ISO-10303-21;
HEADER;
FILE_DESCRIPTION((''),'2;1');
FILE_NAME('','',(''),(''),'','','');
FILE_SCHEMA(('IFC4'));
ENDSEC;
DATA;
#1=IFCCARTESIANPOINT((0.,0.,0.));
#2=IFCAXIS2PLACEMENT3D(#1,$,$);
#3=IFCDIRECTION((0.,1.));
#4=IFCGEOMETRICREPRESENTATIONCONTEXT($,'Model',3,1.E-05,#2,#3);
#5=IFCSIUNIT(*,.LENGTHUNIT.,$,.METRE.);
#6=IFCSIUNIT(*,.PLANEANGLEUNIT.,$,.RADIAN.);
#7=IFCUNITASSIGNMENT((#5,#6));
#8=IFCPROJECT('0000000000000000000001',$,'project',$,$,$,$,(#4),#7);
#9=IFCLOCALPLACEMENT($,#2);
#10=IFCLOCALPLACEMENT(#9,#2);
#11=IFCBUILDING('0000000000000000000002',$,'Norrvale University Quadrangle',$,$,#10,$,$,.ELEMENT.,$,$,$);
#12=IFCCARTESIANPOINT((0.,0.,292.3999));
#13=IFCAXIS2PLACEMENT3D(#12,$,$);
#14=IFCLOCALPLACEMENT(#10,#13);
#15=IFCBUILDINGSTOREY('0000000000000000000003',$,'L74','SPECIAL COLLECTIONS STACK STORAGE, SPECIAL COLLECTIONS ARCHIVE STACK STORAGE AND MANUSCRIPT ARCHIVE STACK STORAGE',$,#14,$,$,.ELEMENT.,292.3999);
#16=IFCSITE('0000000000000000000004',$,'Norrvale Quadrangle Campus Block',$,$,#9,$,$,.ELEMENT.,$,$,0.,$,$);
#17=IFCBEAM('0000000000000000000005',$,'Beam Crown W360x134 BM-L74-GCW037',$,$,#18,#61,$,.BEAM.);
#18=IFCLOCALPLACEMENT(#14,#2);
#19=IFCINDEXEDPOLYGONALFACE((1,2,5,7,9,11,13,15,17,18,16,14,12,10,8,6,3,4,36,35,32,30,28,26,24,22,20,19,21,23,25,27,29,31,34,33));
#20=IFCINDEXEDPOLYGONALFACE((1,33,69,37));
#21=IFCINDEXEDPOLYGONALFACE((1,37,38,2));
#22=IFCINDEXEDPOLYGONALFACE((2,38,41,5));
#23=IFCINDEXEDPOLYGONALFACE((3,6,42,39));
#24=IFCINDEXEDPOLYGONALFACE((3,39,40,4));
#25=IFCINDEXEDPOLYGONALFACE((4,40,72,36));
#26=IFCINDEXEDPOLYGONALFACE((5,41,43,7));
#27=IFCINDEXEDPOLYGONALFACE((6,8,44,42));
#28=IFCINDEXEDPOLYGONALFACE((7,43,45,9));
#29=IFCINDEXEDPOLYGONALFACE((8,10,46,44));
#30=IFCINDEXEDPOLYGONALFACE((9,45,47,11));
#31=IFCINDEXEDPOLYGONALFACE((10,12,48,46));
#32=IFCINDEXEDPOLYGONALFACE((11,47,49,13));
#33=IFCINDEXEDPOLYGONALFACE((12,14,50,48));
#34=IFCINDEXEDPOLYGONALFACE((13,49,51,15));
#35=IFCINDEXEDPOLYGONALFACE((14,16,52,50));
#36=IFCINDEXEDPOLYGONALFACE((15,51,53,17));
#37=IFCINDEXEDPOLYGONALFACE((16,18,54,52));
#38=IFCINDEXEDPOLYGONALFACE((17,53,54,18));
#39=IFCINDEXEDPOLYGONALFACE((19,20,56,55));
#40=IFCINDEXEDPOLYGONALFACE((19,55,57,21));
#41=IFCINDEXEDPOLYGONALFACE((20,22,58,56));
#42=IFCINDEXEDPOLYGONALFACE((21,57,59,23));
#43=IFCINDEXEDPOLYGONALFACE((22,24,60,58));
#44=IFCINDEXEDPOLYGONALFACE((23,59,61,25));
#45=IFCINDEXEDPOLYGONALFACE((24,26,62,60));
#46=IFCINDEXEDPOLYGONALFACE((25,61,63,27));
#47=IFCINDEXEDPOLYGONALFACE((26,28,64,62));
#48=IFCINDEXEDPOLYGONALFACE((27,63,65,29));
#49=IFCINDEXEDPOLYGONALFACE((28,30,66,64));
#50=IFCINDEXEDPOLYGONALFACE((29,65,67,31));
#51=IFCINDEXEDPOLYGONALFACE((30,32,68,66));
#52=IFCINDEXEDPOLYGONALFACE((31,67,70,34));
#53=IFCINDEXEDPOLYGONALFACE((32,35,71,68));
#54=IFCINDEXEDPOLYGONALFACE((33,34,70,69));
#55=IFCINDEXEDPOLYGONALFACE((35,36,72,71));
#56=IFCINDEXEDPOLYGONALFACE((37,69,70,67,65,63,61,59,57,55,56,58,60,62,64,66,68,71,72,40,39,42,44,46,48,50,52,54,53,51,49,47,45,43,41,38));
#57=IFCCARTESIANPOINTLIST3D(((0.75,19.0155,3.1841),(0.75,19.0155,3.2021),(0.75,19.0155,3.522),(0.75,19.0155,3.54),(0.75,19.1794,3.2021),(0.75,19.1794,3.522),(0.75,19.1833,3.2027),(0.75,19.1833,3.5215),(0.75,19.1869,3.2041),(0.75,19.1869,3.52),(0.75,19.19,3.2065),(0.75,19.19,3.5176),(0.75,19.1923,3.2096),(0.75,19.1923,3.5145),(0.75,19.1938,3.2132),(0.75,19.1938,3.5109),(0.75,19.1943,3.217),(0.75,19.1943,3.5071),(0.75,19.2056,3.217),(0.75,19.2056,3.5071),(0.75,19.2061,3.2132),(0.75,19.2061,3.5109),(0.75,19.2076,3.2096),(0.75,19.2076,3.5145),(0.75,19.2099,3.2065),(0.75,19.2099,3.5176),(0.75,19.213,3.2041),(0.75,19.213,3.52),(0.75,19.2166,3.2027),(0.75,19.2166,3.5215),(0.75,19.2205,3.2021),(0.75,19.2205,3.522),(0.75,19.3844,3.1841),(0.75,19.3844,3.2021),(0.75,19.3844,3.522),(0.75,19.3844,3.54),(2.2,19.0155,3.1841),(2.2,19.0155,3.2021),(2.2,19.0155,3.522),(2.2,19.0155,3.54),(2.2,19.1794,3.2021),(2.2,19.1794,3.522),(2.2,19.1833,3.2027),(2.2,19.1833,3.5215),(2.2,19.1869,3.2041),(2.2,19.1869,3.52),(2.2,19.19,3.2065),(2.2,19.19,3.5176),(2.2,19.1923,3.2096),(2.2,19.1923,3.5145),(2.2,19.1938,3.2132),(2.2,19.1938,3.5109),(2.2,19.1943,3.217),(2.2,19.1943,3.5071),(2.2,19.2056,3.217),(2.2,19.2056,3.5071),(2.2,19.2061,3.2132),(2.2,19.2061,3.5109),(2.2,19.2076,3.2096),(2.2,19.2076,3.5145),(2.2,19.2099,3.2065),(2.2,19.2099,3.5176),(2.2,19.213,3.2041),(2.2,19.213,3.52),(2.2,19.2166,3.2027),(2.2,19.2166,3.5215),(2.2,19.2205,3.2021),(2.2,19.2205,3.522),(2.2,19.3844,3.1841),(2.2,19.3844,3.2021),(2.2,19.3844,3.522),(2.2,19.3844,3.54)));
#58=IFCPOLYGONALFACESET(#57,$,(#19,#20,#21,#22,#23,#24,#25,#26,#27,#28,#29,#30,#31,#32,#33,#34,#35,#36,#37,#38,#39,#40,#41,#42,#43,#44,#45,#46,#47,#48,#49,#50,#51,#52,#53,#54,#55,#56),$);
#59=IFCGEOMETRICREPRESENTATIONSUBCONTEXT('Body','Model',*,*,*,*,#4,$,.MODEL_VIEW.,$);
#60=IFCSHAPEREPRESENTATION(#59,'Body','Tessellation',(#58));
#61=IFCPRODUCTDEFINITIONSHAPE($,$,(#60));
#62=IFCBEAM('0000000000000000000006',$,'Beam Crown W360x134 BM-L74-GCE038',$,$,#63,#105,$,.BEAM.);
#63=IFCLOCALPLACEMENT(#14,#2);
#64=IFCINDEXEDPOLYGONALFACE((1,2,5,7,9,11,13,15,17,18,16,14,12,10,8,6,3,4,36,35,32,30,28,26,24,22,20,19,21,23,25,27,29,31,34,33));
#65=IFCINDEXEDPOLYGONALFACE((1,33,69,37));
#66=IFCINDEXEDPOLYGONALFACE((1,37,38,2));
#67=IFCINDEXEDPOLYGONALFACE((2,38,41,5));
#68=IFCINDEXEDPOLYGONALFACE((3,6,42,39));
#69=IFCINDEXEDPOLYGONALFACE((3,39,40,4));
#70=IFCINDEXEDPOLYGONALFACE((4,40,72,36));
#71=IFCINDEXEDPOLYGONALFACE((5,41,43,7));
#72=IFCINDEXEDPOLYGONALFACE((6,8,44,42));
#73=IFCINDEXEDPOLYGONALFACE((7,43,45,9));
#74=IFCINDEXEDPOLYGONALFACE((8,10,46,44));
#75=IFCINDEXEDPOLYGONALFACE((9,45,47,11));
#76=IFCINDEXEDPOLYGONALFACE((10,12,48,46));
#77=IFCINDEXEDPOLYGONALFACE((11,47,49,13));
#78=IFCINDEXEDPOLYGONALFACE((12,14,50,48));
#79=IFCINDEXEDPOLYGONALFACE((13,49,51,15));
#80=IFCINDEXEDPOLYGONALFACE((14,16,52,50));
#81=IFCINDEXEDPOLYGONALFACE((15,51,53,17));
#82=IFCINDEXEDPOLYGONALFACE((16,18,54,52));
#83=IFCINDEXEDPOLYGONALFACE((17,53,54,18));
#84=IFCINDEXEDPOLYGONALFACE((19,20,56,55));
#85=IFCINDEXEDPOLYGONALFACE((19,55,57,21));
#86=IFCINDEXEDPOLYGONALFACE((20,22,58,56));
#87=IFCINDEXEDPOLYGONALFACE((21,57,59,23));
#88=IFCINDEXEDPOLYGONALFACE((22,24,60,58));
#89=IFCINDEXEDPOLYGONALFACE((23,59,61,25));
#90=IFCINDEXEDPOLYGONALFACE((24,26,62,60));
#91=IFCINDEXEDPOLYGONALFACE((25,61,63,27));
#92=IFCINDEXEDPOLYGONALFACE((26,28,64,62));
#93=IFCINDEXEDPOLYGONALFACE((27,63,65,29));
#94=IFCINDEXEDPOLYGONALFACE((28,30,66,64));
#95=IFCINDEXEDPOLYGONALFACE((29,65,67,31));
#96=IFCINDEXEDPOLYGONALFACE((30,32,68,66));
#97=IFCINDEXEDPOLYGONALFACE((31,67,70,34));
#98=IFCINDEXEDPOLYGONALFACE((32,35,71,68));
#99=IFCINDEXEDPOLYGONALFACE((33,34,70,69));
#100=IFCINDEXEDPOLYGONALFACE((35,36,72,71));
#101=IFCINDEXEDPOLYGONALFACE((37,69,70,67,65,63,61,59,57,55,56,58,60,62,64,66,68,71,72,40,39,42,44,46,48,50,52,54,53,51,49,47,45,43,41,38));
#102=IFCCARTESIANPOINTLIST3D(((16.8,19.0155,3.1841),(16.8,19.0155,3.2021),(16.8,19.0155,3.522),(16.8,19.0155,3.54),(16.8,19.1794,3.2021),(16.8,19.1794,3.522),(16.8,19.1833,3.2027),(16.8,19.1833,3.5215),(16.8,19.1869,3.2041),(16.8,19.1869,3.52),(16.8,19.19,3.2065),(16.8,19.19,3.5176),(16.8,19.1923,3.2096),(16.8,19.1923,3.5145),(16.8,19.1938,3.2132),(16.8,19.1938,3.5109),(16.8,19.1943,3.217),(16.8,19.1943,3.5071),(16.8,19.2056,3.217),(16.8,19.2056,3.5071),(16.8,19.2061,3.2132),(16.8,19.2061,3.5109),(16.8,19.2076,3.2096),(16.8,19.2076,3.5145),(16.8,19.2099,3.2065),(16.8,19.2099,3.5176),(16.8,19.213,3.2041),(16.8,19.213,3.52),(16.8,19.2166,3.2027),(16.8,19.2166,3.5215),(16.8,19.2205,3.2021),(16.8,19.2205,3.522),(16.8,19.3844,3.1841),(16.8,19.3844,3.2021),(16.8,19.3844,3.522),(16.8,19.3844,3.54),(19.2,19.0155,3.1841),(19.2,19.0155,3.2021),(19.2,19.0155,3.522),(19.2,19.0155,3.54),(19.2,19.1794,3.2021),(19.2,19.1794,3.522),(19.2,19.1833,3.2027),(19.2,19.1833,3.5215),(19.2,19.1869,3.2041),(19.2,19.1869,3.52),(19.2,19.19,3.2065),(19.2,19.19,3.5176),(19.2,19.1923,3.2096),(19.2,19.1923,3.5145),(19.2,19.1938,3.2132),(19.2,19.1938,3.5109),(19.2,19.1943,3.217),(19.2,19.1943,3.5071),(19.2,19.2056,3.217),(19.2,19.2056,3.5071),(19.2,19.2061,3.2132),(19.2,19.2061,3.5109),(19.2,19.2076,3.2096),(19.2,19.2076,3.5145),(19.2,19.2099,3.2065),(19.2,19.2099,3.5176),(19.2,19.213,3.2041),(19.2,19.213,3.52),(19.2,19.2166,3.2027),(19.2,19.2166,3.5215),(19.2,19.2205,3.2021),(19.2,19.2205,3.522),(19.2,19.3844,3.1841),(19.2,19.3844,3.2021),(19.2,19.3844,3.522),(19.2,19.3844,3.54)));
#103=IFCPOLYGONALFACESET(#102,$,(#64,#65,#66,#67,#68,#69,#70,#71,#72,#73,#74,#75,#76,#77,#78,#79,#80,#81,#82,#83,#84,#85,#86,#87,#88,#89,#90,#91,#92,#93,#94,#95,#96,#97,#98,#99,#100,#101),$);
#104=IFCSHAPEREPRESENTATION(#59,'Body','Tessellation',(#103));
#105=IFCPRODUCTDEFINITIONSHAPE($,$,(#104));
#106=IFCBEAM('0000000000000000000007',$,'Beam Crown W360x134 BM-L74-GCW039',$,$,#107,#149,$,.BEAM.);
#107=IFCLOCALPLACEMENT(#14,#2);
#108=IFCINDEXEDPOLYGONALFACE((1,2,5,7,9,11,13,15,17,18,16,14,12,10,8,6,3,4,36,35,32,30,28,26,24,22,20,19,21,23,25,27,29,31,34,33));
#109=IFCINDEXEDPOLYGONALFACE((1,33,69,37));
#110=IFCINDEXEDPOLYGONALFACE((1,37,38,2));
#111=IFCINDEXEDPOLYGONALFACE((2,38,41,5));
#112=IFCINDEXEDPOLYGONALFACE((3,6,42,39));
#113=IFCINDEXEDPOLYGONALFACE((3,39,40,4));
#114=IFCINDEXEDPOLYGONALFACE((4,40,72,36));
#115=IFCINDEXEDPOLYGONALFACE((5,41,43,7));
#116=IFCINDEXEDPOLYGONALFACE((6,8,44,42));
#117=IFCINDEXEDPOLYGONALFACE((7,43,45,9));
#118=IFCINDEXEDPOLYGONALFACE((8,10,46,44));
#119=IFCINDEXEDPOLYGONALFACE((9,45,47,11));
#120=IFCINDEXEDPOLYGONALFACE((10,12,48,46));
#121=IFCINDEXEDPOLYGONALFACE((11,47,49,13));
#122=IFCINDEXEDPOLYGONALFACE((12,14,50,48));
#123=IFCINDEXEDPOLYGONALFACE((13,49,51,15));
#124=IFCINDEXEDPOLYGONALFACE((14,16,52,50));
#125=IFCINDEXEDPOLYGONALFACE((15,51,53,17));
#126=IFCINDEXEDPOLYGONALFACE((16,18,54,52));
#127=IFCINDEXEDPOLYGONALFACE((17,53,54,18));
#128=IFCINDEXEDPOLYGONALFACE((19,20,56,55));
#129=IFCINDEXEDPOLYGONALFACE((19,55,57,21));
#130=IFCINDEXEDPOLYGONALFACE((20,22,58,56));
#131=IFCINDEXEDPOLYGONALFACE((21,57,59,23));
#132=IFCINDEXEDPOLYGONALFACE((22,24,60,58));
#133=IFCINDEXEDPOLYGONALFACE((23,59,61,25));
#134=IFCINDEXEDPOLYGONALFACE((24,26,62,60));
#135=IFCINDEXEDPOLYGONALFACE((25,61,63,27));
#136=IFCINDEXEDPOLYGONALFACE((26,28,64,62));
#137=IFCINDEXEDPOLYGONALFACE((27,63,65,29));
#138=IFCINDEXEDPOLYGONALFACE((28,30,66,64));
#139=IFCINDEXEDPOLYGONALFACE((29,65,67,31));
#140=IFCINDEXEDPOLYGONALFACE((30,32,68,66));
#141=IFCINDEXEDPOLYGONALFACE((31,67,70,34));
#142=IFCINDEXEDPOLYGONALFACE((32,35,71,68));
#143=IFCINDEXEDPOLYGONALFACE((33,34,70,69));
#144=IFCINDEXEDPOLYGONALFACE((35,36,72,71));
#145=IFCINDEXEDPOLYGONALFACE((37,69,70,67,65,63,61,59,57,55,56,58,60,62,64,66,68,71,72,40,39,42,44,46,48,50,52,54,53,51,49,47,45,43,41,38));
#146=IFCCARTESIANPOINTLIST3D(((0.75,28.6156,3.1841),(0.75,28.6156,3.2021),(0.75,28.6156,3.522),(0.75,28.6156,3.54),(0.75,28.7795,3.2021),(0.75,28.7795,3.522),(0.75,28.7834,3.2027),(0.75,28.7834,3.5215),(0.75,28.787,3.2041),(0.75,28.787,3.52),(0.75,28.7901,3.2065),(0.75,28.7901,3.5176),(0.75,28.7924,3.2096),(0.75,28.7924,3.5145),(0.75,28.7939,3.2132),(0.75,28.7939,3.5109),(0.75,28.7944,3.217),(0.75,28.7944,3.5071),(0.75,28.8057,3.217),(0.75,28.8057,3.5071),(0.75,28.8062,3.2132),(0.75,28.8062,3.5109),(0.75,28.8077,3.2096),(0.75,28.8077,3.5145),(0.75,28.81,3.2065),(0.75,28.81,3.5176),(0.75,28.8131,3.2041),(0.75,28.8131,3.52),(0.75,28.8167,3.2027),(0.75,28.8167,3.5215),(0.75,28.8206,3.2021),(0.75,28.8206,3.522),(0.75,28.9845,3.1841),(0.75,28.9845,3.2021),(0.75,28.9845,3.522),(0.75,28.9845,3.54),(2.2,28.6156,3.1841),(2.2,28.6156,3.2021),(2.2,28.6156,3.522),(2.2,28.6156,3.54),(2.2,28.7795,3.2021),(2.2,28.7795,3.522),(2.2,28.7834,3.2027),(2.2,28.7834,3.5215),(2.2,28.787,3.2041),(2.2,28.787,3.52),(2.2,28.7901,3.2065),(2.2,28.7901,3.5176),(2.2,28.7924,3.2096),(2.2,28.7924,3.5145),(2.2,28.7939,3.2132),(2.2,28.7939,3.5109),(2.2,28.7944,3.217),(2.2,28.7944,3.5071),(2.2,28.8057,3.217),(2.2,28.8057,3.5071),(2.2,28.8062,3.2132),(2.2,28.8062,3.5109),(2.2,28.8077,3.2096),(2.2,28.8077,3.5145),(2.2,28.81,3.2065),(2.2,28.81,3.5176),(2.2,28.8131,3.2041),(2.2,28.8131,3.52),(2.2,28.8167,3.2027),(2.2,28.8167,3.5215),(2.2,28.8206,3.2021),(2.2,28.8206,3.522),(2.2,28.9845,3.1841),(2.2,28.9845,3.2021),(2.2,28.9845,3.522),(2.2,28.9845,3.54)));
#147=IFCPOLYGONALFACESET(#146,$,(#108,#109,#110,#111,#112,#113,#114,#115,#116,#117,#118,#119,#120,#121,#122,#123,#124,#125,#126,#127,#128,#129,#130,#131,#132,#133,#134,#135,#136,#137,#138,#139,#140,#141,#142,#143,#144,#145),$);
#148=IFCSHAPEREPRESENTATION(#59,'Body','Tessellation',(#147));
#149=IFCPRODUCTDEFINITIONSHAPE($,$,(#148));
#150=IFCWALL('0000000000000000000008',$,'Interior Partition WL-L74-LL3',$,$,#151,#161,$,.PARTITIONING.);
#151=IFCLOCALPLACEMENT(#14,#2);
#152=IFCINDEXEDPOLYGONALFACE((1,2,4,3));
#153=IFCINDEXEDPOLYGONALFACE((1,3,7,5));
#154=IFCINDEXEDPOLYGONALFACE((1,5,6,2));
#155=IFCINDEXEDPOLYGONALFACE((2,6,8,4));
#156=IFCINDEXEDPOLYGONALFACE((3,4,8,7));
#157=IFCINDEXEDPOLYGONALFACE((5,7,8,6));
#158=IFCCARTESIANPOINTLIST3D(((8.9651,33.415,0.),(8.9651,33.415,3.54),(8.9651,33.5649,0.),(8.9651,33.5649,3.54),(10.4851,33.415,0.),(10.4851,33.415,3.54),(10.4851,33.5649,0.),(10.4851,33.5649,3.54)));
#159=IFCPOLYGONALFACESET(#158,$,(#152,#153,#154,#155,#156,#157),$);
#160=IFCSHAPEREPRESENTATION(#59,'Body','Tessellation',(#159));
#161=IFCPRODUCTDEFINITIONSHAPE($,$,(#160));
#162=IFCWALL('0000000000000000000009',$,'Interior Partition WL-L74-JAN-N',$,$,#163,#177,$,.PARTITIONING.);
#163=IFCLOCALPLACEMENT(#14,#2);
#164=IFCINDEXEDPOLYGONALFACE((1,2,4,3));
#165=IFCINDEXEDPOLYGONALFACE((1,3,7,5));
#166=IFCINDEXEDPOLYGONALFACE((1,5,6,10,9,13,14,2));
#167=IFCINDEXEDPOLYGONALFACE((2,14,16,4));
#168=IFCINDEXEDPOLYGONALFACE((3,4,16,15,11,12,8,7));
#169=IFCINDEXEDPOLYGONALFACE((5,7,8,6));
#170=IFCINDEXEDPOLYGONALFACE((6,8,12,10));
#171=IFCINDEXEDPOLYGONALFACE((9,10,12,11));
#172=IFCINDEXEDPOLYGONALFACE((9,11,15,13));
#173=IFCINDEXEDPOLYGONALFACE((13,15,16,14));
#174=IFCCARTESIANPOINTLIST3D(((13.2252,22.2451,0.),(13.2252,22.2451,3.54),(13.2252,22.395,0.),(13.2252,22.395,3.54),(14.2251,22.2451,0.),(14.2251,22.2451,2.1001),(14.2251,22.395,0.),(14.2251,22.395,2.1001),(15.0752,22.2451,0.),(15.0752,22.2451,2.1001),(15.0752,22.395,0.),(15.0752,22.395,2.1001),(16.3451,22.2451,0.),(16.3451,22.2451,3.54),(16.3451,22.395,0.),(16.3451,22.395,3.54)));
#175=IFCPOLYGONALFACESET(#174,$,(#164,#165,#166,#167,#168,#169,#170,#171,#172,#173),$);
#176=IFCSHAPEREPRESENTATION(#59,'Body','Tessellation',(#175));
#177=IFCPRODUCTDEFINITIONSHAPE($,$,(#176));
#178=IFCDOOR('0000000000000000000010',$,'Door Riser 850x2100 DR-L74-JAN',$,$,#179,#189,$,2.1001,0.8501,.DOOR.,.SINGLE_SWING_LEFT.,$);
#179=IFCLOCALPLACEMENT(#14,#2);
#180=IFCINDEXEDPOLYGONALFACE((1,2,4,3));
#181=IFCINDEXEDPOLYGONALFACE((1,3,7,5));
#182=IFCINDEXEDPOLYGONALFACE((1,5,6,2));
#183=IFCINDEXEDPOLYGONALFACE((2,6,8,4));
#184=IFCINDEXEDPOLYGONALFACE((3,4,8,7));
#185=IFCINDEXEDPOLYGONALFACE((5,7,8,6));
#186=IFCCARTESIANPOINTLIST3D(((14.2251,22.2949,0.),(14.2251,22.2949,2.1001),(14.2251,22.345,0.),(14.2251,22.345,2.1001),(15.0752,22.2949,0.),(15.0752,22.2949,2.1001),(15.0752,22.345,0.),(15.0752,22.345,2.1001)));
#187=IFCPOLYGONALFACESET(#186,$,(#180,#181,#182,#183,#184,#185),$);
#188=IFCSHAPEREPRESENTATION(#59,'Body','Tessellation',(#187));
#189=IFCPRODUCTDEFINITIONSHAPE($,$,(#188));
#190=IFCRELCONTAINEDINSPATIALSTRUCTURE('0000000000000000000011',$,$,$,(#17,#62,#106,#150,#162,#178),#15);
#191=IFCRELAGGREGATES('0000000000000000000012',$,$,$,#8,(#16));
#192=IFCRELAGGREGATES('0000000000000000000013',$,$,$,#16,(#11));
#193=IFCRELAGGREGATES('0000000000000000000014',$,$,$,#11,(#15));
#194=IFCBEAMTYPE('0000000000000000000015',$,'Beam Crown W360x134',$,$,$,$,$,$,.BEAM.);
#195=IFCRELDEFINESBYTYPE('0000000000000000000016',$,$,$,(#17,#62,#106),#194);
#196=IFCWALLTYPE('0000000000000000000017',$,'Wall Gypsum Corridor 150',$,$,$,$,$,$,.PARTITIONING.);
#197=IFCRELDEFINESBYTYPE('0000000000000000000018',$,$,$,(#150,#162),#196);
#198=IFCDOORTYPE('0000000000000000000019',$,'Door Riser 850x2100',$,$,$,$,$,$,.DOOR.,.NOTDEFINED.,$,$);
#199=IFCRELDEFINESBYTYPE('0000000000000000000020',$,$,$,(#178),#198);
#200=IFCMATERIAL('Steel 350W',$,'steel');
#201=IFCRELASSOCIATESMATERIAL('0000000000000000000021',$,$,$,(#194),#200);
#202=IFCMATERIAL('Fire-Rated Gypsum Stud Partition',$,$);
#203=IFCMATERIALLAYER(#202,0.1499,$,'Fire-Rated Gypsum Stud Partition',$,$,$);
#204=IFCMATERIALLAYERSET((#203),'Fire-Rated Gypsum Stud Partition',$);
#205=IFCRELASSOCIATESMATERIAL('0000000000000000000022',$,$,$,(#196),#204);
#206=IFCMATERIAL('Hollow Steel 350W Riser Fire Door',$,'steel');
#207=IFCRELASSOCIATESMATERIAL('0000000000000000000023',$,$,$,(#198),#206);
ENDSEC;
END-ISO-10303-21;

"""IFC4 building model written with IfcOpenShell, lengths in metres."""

from ifc_helpers import new_model, si_unit, direction, frame, frame_2d, origin, origin_2d, place, context, subcontext, project, spatial, rectangle, i_section, extrude, material, layer, layer_set, material_profile, profile_set, type_object, element, fill, save


model = new_model("IFC4")

# Units and contexts
model_context = context("Model", 3, precision=1e-05, world=origin(), true_north=direction((0.0, 1.0)))
body_context = subcontext(model_context, "Body", "Model", "MODEL_VIEW")
ifc_project = project(units=[si_unit("LENGTHUNIT", "METRE"), si_unit("PLANEANGLEUNIT", "RADIAN")], contexts=[model_context])

# Site, building, storey
site_placement = place(None, origin())
site = spatial("IfcSite", under=ifc_project, at=site_placement, Name="Norrvale Quadrangle Campus Block", CompositionType="ELEMENT", RefElevation=0.0)
building_placement = place(site_placement, origin())
building = spatial("IfcBuilding", under=site, at=building_placement, Name="Norrvale University Quadrangle", CompositionType="ELEMENT")
storey_placement = place(building_placement, frame((0.0, 0.0, 292.3999)))
storey = spatial("IfcBuildingStorey", under=building, at=storey_placement, Name="L74", Description="SPECIAL COLLECTIONS STACK STORAGE, SPECIAL COLLECTIONS ARCHIVE STACK STORAGE AND MANUSCRIPT ARCHIVE STACK STORAGE", CompositionType="ELEMENT", Elevation=292.3999)

# Beams
ifc_material_1 = material(Name="Steel 350W", Category="steel")
ifc_material_profile_1 = material_profile(ifc_material_1, i_section(OverallWidth=0.3689, OverallDepth=0.356, WebThickness=0.0112, FlangeThickness=0.0181, FilletRadius=0.0149, at=origin_2d()), Name="Steel 350W")
ifc_profile_set_1 = profile_set([ifc_material_profile_1], Name="Steel 350W")
beam_type_1 = type_object("IfcBeamType", Name="Beam Crown W360x134", PredefinedType="BEAM", material=ifc_profile_set_1)
beam_1_placement = place(storey_placement, frame((0.75, 19.2, 3.3621), z_axis=(1.0, 0.0, 0.0), x_axis=(0.0, 1.0, 0.0)))
element("IfcBeam", 1, at=beam_1_placement, inside=storey, type_object=beam_type_1, Name="Beam Crown W360x134 BM-L74-GCW037", PredefinedType="BEAM", context=body_context, shape_type="SweptSolid", body=[
    extrude(i_section(OverallWidth=0.3689, OverallDepth=0.356, WebThickness=0.0112, FlangeThickness=0.0181, FilletRadius=0.0149, at=origin_2d()), origin(), (0.0, 0.0, 1.0), 1.45),
])
beam_2_placement = place(storey_placement, frame((16.8, 19.2, 3.3621), z_axis=(1.0, 0.0, 0.0), x_axis=(0.0, 1.0, 0.0)))
element("IfcBeam", 2, at=beam_2_placement, inside=storey, type_object=beam_type_1, Name="Beam Crown W360x134 BM-L74-GCE038", PredefinedType="BEAM", context=body_context, shape_type="SweptSolid", body=[
    extrude(i_section(OverallWidth=0.3689, OverallDepth=0.356, WebThickness=0.0112, FlangeThickness=0.0181, FilletRadius=0.0149, at=origin_2d()), origin(), (0.0, 0.0, 1.0), 2.3999),
])
beam_3_placement = place(storey_placement, frame((0.75, 28.8, 3.3621), z_axis=(1.0, 0.0, 0.0), x_axis=(0.0, 1.0, 0.0)))
element("IfcBeam", 3, at=beam_3_placement, inside=storey, type_object=beam_type_1, Name="Beam Crown W360x134 BM-L74-GCW039", PredefinedType="BEAM", context=body_context, shape_type="SweptSolid", body=[
    extrude(i_section(OverallWidth=0.3689, OverallDepth=0.356, WebThickness=0.0112, FlangeThickness=0.0181, FilletRadius=0.0149, at=origin_2d()), origin(), (0.0, 0.0, 1.0), 1.45),
])

# Wall
ifc_material_2 = material(Name="Fire-Rated Gypsum Stud Partition")
ifc_layer_1 = layer(ifc_material_2, 0.1499, Name="Fire-Rated Gypsum Stud Partition")
ifc_layer_set_1 = layer_set([ifc_layer_1], Name="Fire-Rated Gypsum Stud Partition")
wall_type_1 = type_object("IfcWallType", Name="Wall Gypsum Corridor 150", PredefinedType="PARTITIONING", material=ifc_layer_set_1)
wall_1_placement = place(storey_placement, frame((8.9651, 33.49, 0.0), z_axis=(0.0, 0.0, 1.0), x_axis=(1.0, 0.0, 0.0)))
element("IfcWall", 4, at=wall_1_placement, inside=storey, type_object=wall_type_1, Name="Interior Partition WL-L74-LL3", PredefinedType="PARTITIONING", context=body_context, shape_type="SweptSolid", body=[
    extrude(rectangle(XDim=1.52, YDim=0.1499, at=frame_2d((0.76, 0.0))), origin(), (0.0, 0.0, 1.0), 3.54),
])

# Wall, opening, door
wall_2_placement = place(storey_placement, frame((13.2251, 22.3201, 0.0), z_axis=(0.0, 0.0, 1.0), x_axis=(1.0, 0.0, 0.0)))
wall_2 = element("IfcWall", 5, at=wall_2_placement, inside=storey, type_object=wall_type_1, Name="Interior Partition WL-L74-JAN-N", PredefinedType="PARTITIONING", context=body_context, shape_type="SweptSolid", body=[
    extrude(rectangle(XDim=3.1199, YDim=0.1499, at=frame_2d((1.5601, 0.0))), origin(), (0.0, 0.0, 1.0), 3.54),
])
opening_1_placement = place(wall_2_placement, frame((1.0, 0.0, 0.0)))
opening_1 = element("IfcOpeningElement", 6, at=opening_1_placement, cuts=wall_2, PredefinedType="OPENING", context=body_context, shape_type="SweptSolid", body=[
    extrude(rectangle(XDim=0.8501, YDim=2.1001, at=frame_2d((0.425, 1.05))), frame((0.0, 0.0869, 0.0), z_axis=(0.0, -1.0, 0.0), x_axis=(1.0, 0.0, 0.0)), (0.0, 0.0, 1.0), 0.1738),
])
ifc_material_3 = material(Name="Hollow Steel 350W Riser Fire Door", Category="steel")
door_type_1 = type_object("IfcDoorType", Name="Door Riser 850x2100", OperationType="NOTDEFINED", PredefinedType="DOOR", material=ifc_material_3)
door_1_placement = place(opening_1_placement, origin())
door_1 = element("IfcDoor", 7, at=door_1_placement, inside=storey, type_object=door_type_1, Name="Door Riser 850x2100 DR-L74-JAN", OperationType="SINGLE_SWING_LEFT", OverallHeight=2.1001, OverallWidth=0.8501, PredefinedType="DOOR", context=body_context, shape_type="SweptSolid", body=[
    extrude(rectangle(XDim=0.8501, YDim=2.1001, at=frame_2d((0.425, 1.05))), frame((0.0, 0.0249, 0.0), z_axis=(0.0, -1.0, 0.0), x_axis=(1.0, 0.0, 0.0)), (0.0, 0.0, 1.0), 0.05),
])
fill(opening_1, door_1)

save(model, "model.ifc")
